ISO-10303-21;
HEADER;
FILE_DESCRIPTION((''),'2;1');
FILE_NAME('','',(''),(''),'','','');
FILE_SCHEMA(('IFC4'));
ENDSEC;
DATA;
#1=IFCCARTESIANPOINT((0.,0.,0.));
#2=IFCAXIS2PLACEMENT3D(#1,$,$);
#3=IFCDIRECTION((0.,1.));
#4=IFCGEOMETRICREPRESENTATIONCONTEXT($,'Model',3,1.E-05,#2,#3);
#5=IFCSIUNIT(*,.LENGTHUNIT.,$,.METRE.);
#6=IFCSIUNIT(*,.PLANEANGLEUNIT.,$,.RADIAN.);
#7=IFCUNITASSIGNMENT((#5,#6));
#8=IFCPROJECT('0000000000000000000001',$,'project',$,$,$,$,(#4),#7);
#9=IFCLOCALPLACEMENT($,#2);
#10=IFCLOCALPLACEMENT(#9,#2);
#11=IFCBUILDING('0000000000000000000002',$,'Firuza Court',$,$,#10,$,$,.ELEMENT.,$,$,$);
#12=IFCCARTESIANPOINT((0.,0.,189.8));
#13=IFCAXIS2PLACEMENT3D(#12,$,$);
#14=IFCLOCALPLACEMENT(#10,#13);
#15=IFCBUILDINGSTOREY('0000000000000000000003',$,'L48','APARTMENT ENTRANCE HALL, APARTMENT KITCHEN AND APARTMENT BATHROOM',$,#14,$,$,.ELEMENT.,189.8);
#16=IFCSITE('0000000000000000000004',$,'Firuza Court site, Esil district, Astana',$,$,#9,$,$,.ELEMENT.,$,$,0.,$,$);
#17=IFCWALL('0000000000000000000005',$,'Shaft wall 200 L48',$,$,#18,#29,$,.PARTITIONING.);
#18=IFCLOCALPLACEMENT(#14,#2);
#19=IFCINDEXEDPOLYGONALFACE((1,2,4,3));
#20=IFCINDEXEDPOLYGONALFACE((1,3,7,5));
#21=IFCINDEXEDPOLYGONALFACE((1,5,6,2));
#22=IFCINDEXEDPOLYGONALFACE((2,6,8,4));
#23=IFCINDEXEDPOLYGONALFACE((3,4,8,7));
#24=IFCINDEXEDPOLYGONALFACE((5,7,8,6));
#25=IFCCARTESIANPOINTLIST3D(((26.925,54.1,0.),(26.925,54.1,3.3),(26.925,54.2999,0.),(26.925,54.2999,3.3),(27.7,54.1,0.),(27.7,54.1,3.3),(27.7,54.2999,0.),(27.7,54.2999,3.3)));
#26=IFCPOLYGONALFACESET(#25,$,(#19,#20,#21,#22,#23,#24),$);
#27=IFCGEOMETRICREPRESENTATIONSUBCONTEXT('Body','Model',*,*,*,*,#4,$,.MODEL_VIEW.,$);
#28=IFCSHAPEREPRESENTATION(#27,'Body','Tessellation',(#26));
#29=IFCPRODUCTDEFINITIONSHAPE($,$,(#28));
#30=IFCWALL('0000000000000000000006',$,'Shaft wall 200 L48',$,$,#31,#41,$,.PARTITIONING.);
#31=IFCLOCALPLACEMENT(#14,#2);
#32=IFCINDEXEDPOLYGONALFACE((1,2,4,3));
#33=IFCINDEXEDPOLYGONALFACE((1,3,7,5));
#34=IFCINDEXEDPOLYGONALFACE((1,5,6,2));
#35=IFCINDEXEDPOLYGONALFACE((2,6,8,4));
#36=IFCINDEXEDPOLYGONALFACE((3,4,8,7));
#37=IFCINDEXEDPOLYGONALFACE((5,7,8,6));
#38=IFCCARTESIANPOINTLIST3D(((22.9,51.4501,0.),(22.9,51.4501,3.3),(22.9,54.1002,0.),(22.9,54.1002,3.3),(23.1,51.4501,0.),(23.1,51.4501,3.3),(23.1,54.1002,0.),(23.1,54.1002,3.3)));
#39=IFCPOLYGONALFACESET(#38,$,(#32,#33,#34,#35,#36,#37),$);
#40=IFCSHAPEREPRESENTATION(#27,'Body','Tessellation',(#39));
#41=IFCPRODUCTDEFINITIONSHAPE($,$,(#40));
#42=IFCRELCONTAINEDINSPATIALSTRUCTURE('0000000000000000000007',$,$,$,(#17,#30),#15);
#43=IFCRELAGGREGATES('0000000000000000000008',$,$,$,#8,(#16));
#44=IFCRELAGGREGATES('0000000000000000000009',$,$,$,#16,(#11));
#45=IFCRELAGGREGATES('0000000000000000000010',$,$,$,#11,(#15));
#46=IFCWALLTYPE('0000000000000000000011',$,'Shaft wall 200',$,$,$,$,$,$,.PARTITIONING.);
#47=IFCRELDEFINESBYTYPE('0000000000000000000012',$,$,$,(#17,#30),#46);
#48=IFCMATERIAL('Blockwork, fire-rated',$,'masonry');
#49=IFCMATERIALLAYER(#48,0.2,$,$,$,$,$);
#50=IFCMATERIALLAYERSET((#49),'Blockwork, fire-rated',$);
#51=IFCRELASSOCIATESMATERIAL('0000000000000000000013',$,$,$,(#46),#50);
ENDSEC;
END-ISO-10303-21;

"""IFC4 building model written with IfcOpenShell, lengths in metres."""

from ifc_helpers import new_model, si_unit, direction, frame, frame_2d, origin, place, context, subcontext, project, spatial, rectangle, extrude, material, layer, layer_set, type_object, element, save


model = new_model("IFC4")

# Units and contexts
model_context = context("Model", 3, precision=1e-05, world=origin(), true_north=direction((0.0, 1.0)))
body_context = subcontext(model_context, "Body", "Model", "MODEL_VIEW")
ifc_project = project(units=[si_unit("LENGTHUNIT", "METRE"), si_unit("PLANEANGLEUNIT", "RADIAN")], contexts=[model_context])

# Site, building, storey
site_placement = place(None, origin())
site = spatial("IfcSite", under=ifc_project, at=site_placement, Name="Firuza Court site, Esil district, Astana", CompositionType="ELEMENT", RefElevation=0.0)
building_placement = place(site_placement, origin())
building = spatial("IfcBuilding", under=site, at=building_placement, Name="Firuza Court", CompositionType="ELEMENT")
storey_placement = place(building_placement, frame((0.0, 0.0, 189.8)))
storey = spatial("IfcBuildingStorey", under=building, at=storey_placement, Name="L48", Description="APARTMENT ENTRANCE HALL, APARTMENT KITCHEN AND APARTMENT BATHROOM", CompositionType="ELEMENT", Elevation=189.8)

# Shared definitions
ifc_material_1 = material(Name="Blockwork, fire-rated", Category="masonry")
ifc_layer_1 = layer(ifc_material_1, 0.2)
ifc_layer_set_1 = layer_set([ifc_layer_1], Name="Blockwork, fire-rated")
wall_type_1 = type_object("IfcWallType", Name="Shaft wall 200", PredefinedType="PARTITIONING", material=ifc_layer_set_1)

# Walls
wall_1_placement = place(storey_placement, frame((26.925, 54.2, 0.0), z_axis=(0.0, 0.0, 1.0), x_axis=(1.0, 0.0, 0.0)))
element("IfcWall", 1, at=wall_1_placement, inside=storey, type_object=wall_type_1, Name="Shaft wall 200 L48", PredefinedType="PARTITIONING", context=body_context, shape_type="SweptSolid", body=[
    extrude(rectangle(XDim=0.7749, YDim=0.2, at=frame_2d((0.3875, 0.0))), origin(), (0.0, 0.0, 1.0), 3.3),
])
wall_2_placement = place(storey_placement, frame((23.0, 51.45, 0.0), z_axis=(0.0, 0.0, 1.0), x_axis=(0.0, 1.0, 0.0)))
element("IfcWall", 2, at=wall_2_placement, inside=storey, type_object=wall_type_1, Name="Shaft wall 200 L48", PredefinedType="PARTITIONING", context=body_context, shape_type="SweptSolid", body=[
    extrude(rectangle(XDim=2.6501, YDim=0.2, at=frame_2d((1.3252, 0.0))), origin(), (0.0, 0.0, 1.0), 3.3),
])

save(model, "model.ifc")
